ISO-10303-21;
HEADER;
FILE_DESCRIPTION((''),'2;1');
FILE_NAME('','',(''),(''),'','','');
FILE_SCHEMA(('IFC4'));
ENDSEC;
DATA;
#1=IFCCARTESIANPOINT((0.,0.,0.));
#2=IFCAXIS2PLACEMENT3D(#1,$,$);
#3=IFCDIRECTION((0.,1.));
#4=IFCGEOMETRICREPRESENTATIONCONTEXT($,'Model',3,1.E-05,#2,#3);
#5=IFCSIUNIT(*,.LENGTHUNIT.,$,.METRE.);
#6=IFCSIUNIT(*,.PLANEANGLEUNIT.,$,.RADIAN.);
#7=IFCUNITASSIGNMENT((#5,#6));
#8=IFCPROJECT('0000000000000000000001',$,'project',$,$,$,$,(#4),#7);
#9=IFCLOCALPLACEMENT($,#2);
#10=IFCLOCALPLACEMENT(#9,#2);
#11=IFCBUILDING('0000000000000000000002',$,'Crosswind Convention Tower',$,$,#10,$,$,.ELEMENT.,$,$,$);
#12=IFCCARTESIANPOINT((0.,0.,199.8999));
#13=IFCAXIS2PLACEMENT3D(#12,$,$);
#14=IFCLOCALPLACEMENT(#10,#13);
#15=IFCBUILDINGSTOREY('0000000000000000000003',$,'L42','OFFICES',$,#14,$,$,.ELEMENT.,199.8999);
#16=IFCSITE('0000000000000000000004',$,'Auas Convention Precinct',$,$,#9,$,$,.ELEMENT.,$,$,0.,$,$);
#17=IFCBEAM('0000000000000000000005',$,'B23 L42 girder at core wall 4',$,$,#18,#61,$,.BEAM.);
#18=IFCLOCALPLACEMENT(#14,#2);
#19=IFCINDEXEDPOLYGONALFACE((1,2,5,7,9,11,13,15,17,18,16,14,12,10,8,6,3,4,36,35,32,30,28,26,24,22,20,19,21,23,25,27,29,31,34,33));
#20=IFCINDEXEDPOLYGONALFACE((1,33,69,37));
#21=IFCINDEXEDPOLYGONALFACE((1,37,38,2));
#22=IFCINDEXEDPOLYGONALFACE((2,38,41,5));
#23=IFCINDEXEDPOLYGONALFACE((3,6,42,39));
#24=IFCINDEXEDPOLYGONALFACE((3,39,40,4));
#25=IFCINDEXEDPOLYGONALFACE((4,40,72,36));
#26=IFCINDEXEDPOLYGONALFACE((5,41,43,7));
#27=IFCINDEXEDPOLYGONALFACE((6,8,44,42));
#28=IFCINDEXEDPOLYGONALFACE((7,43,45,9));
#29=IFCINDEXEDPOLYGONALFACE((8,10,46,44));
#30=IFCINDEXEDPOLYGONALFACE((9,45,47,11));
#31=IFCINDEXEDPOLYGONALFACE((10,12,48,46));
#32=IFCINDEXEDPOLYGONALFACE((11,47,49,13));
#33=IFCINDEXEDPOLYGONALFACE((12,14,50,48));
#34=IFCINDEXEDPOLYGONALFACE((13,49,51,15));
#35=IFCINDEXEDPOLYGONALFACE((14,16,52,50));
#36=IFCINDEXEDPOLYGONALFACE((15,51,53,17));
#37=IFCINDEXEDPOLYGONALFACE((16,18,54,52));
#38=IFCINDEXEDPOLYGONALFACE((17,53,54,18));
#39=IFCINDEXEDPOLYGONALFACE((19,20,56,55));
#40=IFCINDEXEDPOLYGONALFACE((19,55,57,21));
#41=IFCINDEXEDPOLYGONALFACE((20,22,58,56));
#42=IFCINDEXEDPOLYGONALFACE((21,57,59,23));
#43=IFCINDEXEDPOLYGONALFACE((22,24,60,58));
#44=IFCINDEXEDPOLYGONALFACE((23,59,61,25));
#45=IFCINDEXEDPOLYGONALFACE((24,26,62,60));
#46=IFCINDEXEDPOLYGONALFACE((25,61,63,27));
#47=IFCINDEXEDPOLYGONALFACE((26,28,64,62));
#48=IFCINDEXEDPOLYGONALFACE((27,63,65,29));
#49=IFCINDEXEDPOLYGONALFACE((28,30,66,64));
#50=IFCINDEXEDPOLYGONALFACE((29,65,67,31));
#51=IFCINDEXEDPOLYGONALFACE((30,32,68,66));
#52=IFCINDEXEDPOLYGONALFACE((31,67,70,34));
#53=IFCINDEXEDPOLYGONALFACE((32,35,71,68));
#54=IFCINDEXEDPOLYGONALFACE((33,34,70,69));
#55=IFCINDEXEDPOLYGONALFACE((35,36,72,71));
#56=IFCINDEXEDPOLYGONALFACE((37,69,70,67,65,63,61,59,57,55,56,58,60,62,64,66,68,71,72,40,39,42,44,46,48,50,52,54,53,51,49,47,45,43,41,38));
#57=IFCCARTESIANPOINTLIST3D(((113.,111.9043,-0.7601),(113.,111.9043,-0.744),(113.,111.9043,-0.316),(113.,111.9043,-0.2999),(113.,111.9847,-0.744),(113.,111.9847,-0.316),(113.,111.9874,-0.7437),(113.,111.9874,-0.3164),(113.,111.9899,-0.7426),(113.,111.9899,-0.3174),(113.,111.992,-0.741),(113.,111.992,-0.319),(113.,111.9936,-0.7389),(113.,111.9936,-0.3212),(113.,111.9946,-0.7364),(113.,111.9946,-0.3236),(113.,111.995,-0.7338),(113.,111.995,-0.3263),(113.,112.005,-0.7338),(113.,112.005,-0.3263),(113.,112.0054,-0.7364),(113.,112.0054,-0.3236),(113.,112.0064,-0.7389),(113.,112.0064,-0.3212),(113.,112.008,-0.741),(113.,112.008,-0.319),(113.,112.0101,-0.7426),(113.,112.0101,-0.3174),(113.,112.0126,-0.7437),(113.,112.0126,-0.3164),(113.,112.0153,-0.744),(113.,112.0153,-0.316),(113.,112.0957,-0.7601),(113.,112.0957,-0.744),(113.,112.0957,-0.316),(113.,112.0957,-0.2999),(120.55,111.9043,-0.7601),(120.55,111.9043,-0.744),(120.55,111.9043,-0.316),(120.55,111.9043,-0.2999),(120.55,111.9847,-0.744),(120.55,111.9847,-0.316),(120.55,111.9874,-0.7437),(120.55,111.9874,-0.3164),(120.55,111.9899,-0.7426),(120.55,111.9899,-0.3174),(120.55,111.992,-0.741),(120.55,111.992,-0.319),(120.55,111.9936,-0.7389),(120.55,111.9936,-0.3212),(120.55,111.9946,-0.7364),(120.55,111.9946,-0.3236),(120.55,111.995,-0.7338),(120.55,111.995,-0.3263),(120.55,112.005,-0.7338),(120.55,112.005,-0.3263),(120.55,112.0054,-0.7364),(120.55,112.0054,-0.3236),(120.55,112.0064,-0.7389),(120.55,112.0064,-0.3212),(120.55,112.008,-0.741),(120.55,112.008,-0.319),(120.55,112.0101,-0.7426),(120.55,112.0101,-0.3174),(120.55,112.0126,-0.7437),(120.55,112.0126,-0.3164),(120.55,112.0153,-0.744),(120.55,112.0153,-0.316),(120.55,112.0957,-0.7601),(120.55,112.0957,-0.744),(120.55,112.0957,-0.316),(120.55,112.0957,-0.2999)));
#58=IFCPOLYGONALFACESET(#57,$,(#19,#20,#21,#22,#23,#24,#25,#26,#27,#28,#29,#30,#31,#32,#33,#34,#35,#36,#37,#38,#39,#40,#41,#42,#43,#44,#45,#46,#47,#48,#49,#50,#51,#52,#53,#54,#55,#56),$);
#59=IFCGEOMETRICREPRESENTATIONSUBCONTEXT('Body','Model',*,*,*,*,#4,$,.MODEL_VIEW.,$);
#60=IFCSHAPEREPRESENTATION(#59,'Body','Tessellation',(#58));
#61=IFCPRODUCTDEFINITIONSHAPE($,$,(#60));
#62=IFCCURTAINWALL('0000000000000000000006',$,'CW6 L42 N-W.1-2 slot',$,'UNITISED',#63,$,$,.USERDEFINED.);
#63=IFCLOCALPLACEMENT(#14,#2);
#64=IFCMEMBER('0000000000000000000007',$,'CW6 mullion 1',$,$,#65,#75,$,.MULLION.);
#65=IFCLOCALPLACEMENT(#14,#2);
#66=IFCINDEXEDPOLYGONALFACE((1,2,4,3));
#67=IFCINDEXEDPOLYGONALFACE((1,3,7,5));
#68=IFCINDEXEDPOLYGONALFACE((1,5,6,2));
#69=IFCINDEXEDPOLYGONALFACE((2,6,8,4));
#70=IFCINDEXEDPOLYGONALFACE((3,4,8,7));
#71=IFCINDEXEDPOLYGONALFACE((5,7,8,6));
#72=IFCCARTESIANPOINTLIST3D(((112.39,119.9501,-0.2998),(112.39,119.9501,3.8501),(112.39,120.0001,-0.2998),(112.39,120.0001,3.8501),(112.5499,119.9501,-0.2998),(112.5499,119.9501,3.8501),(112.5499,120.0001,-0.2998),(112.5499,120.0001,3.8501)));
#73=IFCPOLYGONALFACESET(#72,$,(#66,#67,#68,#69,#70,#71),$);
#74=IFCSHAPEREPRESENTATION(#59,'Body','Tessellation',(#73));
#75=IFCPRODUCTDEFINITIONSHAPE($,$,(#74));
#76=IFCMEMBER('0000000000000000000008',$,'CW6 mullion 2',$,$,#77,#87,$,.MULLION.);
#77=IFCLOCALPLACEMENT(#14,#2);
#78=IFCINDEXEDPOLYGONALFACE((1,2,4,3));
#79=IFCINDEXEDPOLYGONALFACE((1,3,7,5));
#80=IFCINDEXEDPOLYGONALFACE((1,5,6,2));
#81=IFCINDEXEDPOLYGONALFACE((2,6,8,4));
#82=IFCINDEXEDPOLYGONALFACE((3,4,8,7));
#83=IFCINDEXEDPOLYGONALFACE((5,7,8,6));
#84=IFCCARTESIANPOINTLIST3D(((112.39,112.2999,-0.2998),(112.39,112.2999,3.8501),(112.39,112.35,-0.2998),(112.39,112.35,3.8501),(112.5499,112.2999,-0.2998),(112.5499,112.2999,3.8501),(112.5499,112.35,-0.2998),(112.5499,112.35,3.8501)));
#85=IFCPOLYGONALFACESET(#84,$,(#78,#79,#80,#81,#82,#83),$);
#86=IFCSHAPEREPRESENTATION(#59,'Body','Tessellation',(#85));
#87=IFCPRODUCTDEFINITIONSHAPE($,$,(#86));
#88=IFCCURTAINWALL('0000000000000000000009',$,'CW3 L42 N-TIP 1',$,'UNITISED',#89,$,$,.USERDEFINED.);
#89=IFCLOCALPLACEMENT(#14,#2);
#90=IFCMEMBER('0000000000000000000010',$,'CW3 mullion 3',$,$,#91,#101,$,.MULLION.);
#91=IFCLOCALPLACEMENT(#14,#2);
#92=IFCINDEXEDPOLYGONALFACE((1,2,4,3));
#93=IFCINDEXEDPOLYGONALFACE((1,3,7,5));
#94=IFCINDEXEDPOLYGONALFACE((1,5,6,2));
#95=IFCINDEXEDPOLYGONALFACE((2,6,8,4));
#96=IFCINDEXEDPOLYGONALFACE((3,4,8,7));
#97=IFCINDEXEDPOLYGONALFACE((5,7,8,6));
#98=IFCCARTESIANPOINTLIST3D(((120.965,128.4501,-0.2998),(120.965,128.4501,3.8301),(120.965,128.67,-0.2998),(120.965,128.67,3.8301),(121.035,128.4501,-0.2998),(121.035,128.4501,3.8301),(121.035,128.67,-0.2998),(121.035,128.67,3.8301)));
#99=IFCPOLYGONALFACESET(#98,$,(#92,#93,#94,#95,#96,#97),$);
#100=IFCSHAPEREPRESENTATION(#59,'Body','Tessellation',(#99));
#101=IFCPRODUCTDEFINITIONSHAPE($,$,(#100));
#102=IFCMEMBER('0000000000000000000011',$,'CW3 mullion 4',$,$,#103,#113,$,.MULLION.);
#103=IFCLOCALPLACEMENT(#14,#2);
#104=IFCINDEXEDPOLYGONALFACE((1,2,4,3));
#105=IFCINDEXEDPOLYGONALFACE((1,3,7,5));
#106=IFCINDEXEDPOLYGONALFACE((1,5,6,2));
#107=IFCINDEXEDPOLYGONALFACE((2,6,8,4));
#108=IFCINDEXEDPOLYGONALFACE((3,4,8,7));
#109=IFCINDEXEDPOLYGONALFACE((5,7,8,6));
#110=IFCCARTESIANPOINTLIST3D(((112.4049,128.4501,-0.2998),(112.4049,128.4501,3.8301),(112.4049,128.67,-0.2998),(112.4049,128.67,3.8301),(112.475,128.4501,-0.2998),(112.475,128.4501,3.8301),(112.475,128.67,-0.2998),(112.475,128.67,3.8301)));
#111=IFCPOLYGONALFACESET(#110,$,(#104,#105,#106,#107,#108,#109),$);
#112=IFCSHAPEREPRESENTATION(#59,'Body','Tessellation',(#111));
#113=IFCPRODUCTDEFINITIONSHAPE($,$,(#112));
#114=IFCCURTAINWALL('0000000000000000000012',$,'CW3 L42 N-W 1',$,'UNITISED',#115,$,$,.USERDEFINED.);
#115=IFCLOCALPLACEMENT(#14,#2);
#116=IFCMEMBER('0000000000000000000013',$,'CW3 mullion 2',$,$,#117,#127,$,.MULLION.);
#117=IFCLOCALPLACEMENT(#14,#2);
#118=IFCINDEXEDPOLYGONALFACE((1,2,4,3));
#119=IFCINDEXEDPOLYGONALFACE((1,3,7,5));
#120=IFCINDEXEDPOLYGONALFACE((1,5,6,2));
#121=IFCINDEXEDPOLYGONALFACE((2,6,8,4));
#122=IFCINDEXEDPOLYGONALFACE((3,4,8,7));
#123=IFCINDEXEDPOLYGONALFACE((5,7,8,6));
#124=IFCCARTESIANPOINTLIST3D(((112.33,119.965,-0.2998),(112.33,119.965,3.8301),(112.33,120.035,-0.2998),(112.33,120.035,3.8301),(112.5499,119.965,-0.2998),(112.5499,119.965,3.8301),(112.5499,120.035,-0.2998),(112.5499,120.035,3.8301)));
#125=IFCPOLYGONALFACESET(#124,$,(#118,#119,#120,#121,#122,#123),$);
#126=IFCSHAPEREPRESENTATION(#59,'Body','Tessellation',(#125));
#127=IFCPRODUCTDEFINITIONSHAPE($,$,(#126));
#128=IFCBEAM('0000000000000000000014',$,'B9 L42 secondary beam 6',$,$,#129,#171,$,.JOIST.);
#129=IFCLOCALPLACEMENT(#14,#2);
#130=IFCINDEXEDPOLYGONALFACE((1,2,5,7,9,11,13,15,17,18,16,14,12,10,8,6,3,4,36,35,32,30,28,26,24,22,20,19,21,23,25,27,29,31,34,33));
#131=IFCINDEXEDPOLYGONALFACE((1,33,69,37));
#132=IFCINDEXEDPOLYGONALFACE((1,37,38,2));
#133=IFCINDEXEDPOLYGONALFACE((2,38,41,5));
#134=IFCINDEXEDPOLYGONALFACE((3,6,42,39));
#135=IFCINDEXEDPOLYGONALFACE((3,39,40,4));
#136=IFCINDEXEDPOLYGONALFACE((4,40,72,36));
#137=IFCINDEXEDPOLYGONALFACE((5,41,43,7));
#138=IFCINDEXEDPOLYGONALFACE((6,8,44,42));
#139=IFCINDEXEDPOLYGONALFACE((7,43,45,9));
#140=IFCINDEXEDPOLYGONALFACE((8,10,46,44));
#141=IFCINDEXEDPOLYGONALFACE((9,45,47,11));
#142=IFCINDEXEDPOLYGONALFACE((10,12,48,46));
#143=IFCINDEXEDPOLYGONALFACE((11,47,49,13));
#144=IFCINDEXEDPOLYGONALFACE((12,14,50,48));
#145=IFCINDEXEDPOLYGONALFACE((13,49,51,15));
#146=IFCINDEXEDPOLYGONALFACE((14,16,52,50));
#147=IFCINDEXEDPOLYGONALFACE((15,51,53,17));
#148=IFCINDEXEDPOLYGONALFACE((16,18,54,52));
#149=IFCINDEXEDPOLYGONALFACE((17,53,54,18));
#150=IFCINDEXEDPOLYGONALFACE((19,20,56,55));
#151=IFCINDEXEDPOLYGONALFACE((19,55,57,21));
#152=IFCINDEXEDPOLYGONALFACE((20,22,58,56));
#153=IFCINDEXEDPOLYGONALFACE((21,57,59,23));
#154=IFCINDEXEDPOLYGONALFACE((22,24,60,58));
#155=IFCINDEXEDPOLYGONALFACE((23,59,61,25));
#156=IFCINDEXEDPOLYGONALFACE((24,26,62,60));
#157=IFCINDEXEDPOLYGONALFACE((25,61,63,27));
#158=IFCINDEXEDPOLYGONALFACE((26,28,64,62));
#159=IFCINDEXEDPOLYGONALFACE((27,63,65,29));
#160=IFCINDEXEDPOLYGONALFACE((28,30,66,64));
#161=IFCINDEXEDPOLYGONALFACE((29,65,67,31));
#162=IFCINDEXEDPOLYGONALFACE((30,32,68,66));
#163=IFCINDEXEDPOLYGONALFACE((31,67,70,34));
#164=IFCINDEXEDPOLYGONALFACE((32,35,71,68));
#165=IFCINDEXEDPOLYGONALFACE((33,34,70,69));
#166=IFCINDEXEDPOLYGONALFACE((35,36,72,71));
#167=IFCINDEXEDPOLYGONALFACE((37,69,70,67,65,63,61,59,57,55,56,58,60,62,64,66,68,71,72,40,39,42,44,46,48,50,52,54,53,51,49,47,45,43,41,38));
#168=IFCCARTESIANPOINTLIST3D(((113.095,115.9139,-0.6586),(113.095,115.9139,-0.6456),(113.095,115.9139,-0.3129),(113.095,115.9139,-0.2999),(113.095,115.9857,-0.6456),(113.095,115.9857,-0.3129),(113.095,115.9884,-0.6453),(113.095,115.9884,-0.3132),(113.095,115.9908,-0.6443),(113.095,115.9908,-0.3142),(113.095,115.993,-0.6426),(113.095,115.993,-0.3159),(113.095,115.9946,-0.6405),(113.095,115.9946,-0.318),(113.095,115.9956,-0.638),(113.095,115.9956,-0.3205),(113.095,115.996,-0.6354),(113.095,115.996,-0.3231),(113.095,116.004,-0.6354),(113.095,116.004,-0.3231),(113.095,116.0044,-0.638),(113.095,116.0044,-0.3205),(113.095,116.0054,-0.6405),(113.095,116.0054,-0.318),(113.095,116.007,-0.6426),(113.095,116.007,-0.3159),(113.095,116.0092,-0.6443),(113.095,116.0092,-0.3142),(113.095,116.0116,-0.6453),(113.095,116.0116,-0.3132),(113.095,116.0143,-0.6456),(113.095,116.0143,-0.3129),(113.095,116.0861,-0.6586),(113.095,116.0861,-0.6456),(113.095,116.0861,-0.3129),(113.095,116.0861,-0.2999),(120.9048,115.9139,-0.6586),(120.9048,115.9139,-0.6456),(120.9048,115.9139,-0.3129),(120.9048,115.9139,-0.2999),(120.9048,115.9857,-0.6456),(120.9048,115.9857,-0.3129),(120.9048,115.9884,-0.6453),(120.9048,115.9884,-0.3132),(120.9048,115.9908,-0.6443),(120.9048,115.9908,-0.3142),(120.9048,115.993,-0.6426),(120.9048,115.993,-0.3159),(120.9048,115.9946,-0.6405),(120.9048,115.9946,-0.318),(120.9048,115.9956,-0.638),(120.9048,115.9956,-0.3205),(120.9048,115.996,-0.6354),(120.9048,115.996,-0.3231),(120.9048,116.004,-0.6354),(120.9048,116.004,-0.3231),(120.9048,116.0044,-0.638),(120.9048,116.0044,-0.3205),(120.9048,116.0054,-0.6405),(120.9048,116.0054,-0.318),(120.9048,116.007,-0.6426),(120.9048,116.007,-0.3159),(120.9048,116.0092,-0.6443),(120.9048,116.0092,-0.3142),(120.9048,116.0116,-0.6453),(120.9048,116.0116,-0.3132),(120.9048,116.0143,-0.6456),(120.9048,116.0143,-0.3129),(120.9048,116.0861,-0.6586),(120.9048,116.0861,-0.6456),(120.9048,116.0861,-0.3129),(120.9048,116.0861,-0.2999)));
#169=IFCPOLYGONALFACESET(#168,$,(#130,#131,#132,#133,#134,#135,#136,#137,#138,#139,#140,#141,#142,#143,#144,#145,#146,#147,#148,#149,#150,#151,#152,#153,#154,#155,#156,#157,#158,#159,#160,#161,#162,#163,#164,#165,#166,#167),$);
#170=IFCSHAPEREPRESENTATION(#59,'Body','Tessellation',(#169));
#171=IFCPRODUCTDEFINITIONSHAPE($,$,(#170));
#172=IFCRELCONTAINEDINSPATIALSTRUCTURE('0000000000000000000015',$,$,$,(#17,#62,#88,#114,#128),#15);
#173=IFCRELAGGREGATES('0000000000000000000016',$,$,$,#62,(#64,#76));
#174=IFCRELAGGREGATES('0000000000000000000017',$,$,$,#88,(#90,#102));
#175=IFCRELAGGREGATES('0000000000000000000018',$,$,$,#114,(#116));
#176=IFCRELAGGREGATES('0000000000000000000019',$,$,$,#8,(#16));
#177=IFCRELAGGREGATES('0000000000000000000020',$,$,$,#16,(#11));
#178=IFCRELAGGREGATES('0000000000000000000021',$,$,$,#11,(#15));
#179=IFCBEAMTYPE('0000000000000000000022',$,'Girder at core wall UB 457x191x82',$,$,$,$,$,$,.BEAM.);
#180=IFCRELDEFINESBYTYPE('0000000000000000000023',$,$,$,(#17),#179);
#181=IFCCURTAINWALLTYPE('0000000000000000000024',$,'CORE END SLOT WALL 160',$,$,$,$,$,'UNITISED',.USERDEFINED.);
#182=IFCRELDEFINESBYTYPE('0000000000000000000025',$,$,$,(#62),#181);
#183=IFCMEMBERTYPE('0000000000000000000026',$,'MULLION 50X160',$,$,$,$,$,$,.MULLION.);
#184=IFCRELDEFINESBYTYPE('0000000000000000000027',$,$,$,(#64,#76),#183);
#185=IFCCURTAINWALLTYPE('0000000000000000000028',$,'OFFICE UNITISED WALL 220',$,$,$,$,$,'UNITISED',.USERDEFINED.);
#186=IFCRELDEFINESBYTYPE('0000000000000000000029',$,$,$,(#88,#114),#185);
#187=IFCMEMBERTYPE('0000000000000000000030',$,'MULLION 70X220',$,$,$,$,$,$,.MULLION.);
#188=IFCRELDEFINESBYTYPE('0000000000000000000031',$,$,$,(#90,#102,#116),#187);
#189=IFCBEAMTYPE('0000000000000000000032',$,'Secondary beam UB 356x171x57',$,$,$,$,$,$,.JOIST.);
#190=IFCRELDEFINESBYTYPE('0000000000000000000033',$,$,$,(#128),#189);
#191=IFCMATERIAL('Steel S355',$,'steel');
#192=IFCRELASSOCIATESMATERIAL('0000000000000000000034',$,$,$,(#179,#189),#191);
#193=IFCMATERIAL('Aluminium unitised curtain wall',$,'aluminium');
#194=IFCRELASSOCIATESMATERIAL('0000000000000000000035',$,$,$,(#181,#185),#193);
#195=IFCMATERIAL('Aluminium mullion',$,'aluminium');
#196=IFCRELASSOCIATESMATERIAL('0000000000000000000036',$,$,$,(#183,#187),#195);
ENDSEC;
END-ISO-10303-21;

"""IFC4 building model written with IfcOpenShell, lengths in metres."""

from ifc_helpers import new_model, si_unit, direction, frame, origin, origin_2d, place, context, subcontext, project, spatial, rectangle, i_section, extrude, material, material_profile, profile_set, type_object, element, aggregate, save


model = new_model("IFC4")

# Units and contexts
model_context = context("Model", 3, precision=1e-05, world=origin(), true_north=direction((0.0, 1.0)))
body_context = subcontext(model_context, "Body", "Model", "MODEL_VIEW")
ifc_project = project(units=[si_unit("LENGTHUNIT", "METRE"), si_unit("PLANEANGLEUNIT", "RADIAN")], contexts=[model_context])

# Site, building, storey
site_placement = place(None, origin())
site = spatial("IfcSite", under=ifc_project, at=site_placement, Name="Auas Convention Precinct", CompositionType="ELEMENT", RefElevation=0.0)
building_placement = place(site_placement, origin())
building = spatial("IfcBuilding", under=site, at=building_placement, Name="Crosswind Convention Tower", CompositionType="ELEMENT")
storey_placement = place(building_placement, frame((0.0, 0.0, 199.8999)))
storey = spatial("IfcBuildingStorey", under=building, at=storey_placement, Name="L42", Description="OFFICES", CompositionType="ELEMENT", Elevation=199.8999)

# Beam
ifc_material_1 = material(Name="Steel S355", Category="steel")
ifc_material_profile_1 = material_profile(ifc_material_1, i_section(OverallWidth=0.1914, OverallDepth=0.4602, WebThickness=0.01, FlangeThickness=0.0161, FilletRadius=0.0103, at=origin_2d()), Name="UB 457x191x82")
ifc_profile_set_1 = profile_set([ifc_material_profile_1], Name="Steel S355")
beam_type_1 = type_object("IfcBeamType", Name="Girder at core wall UB 457x191x82", PredefinedType="BEAM", material=ifc_profile_set_1)
beam_1_placement = place(storey_placement, frame((113.0, 112.0, -0.53), z_axis=(1.0, 0.0, 0.0), x_axis=(0.0, 1.0, 0.0)))
element("IfcBeam", 1, at=beam_1_placement, inside=storey, type_object=beam_type_1, Name="B23 L42 girder at core wall 4", PredefinedType="BEAM", context=body_context, shape_type="SweptSolid", body=[
    extrude(i_section(OverallWidth=0.1914, OverallDepth=0.4602, WebThickness=0.01, FlangeThickness=0.0161, FilletRadius=0.0103, at=origin_2d()), origin(), (0.0, 0.0, 1.0), 7.55),
])

# Curtain walls, members
ifc_material_2 = material(Name="Aluminium unitised curtain wall", Category="aluminium")
curtain_wall_type_1 = type_object("IfcCurtainWallType", Name="CORE END SLOT WALL 160", ElementType="UNITISED", PredefinedType="USERDEFINED", material=ifc_material_2)
curtain_wall_1_placement = place(storey_placement, origin())
curtain_wall_1 = element("IfcCurtainWall", 2, at=curtain_wall_1_placement, inside=storey, type_object=curtain_wall_type_1, Name="CW6 L42 N-W.1-2 slot", ObjectType="UNITISED", PredefinedType="USERDEFINED")
ifc_material_3 = material(Name="Aluminium mullion", Category="aluminium")
ifc_material_profile_2 = material_profile(ifc_material_3, rectangle(XDim=0.1599, YDim=0.05, at=origin_2d()), Name="AL 160X50")
ifc_profile_set_2 = profile_set([ifc_material_profile_2], Name="Aluminium mullion")
member_type_1 = type_object("IfcMemberType", Name="MULLION 50X160", PredefinedType="MULLION", material=ifc_profile_set_2)
member_1_placement = place(storey_placement, frame((112.47, 119.9751, -0.2998), z_axis=(0.0, 0.0, 1.0), x_axis=(-1.0, 0.0, 0.0)))
member_1 = element("IfcMember", 3, at=member_1_placement, type_object=member_type_1, Name="CW6 mullion 1", PredefinedType="MULLION", context=body_context, shape_type="SweptSolid", body=[
    extrude(rectangle(XDim=0.1599, YDim=0.05, at=origin_2d()), origin(), (0.0, 0.0, 1.0), 4.1499),
])
member_2_placement = place(storey_placement, frame((112.47, 112.325, -0.2998), z_axis=(0.0, 0.0, 1.0), x_axis=(-1.0, 0.0, 0.0)))
member_2 = element("IfcMember", 4, at=member_2_placement, type_object=member_type_1, Name="CW6 mullion 2", PredefinedType="MULLION", context=body_context, shape_type="SweptSolid", body=[
    extrude(rectangle(XDim=0.1599, YDim=0.05, at=origin_2d()), origin(), (0.0, 0.0, 1.0), 4.1499),
])
curtain_wall_type_2 = type_object("IfcCurtainWallType", Name="OFFICE UNITISED WALL 220", ElementType="UNITISED", PredefinedType="USERDEFINED", material=ifc_material_2)
curtain_wall_2_placement = place(storey_placement, origin())
curtain_wall_2 = element("IfcCurtainWall", 5, at=curtain_wall_2_placement, inside=storey, type_object=curtain_wall_type_2, Name="CW3 L42 N-TIP 1", ObjectType="UNITISED", PredefinedType="USERDEFINED")
ifc_material_profile_3 = material_profile(ifc_material_3, rectangle(XDim=0.22, YDim=0.0701, at=origin_2d()), Name="AL 220X70")
ifc_profile_set_3 = profile_set([ifc_material_profile_3], Name="Aluminium mullion")
member_type_2 = type_object("IfcMemberType", Name="MULLION 70X220", PredefinedType="MULLION", material=ifc_profile_set_3)
member_3_placement = place(storey_placement, frame((121.0, 128.5601, -0.2998), z_axis=(0.0, 0.0, 1.0), x_axis=(0.0, 1.0, 0.0)))
member_3 = element("IfcMember", 6, at=member_3_placement, type_object=member_type_2, Name="CW3 mullion 3", PredefinedType="MULLION", context=body_context, shape_type="SweptSolid", body=[
    extrude(rectangle(XDim=0.22, YDim=0.0701, at=origin_2d()), origin(), (0.0, 0.0, 1.0), 4.1299),
])
member_4_placement = place(storey_placement, frame((112.4399, 128.5601, -0.2998), z_axis=(0.0, 0.0, 1.0), x_axis=(0.0, 1.0, 0.0)))
member_4 = element("IfcMember", 7, at=member_4_placement, type_object=member_type_2, Name="CW3 mullion 4", PredefinedType="MULLION", context=body_context, shape_type="SweptSolid", body=[
    extrude(rectangle(XDim=0.22, YDim=0.0701, at=origin_2d()), origin(), (0.0, 0.0, 1.0), 4.1299),
])

# Curtain wall, member
curtain_wall_3_placement = place(storey_placement, origin())
curtain_wall_3 = element("IfcCurtainWall", 8, at=curtain_wall_3_placement, inside=storey, type_object=curtain_wall_type_2, Name="CW3 L42 N-W 1", ObjectType="UNITISED", PredefinedType="USERDEFINED")
member_5_placement = place(storey_placement, frame((112.4399, 120.0, -0.2998), z_axis=(0.0, 0.0, 1.0), x_axis=(-1.0, 0.0, 0.0)))
member_5 = element("IfcMember", 9, at=member_5_placement, type_object=member_type_2, Name="CW3 mullion 2", PredefinedType="MULLION", context=body_context, shape_type="SweptSolid", body=[
    extrude(rectangle(XDim=0.22, YDim=0.0701, at=origin_2d()), origin(), (0.0, 0.0, 1.0), 4.1299),
])

# Beam
ifc_material_profile_4 = material_profile(ifc_material_1, i_section(OverallWidth=0.1721, OverallDepth=0.3586, WebThickness=0.0081, FlangeThickness=0.0129, FilletRadius=0.0103, at=origin_2d()), Name="UB 356x171x57")
ifc_profile_set_4 = profile_set([ifc_material_profile_4], Name="Steel S355")
beam_type_2 = type_object("IfcBeamType", Name="Secondary beam UB 356x171x57", PredefinedType="JOIST", material=ifc_profile_set_4)
for number, where, z_axis, x_axis, name in (
    (10, (113.095, 116.0, -0.4792), (1.0, 0.0, 0.0), (0.0, 1.0, 0.0), "B9 L42 secondary beam 6"),
):
    element("IfcBeam", number, at=place(storey_placement, frame(where, z_axis=z_axis, x_axis=x_axis)), inside=storey, type_object=beam_type_2, Name=name, PredefinedType="JOIST", context=body_context, shape_type="SweptSolid", body=[
        extrude(i_section(OverallWidth=0.1721, OverallDepth=0.3586, WebThickness=0.0081, FlangeThickness=0.0129, FilletRadius=0.0103, at=origin_2d()), origin(), (0.0, 0.0, 1.0), 7.8098),
    ])

aggregate(curtain_wall_1, [member_1, member_2])
aggregate(curtain_wall_2, [member_3, member_4])

aggregate(curtain_wall_3, [member_5])

save(model, "model.ifc")
